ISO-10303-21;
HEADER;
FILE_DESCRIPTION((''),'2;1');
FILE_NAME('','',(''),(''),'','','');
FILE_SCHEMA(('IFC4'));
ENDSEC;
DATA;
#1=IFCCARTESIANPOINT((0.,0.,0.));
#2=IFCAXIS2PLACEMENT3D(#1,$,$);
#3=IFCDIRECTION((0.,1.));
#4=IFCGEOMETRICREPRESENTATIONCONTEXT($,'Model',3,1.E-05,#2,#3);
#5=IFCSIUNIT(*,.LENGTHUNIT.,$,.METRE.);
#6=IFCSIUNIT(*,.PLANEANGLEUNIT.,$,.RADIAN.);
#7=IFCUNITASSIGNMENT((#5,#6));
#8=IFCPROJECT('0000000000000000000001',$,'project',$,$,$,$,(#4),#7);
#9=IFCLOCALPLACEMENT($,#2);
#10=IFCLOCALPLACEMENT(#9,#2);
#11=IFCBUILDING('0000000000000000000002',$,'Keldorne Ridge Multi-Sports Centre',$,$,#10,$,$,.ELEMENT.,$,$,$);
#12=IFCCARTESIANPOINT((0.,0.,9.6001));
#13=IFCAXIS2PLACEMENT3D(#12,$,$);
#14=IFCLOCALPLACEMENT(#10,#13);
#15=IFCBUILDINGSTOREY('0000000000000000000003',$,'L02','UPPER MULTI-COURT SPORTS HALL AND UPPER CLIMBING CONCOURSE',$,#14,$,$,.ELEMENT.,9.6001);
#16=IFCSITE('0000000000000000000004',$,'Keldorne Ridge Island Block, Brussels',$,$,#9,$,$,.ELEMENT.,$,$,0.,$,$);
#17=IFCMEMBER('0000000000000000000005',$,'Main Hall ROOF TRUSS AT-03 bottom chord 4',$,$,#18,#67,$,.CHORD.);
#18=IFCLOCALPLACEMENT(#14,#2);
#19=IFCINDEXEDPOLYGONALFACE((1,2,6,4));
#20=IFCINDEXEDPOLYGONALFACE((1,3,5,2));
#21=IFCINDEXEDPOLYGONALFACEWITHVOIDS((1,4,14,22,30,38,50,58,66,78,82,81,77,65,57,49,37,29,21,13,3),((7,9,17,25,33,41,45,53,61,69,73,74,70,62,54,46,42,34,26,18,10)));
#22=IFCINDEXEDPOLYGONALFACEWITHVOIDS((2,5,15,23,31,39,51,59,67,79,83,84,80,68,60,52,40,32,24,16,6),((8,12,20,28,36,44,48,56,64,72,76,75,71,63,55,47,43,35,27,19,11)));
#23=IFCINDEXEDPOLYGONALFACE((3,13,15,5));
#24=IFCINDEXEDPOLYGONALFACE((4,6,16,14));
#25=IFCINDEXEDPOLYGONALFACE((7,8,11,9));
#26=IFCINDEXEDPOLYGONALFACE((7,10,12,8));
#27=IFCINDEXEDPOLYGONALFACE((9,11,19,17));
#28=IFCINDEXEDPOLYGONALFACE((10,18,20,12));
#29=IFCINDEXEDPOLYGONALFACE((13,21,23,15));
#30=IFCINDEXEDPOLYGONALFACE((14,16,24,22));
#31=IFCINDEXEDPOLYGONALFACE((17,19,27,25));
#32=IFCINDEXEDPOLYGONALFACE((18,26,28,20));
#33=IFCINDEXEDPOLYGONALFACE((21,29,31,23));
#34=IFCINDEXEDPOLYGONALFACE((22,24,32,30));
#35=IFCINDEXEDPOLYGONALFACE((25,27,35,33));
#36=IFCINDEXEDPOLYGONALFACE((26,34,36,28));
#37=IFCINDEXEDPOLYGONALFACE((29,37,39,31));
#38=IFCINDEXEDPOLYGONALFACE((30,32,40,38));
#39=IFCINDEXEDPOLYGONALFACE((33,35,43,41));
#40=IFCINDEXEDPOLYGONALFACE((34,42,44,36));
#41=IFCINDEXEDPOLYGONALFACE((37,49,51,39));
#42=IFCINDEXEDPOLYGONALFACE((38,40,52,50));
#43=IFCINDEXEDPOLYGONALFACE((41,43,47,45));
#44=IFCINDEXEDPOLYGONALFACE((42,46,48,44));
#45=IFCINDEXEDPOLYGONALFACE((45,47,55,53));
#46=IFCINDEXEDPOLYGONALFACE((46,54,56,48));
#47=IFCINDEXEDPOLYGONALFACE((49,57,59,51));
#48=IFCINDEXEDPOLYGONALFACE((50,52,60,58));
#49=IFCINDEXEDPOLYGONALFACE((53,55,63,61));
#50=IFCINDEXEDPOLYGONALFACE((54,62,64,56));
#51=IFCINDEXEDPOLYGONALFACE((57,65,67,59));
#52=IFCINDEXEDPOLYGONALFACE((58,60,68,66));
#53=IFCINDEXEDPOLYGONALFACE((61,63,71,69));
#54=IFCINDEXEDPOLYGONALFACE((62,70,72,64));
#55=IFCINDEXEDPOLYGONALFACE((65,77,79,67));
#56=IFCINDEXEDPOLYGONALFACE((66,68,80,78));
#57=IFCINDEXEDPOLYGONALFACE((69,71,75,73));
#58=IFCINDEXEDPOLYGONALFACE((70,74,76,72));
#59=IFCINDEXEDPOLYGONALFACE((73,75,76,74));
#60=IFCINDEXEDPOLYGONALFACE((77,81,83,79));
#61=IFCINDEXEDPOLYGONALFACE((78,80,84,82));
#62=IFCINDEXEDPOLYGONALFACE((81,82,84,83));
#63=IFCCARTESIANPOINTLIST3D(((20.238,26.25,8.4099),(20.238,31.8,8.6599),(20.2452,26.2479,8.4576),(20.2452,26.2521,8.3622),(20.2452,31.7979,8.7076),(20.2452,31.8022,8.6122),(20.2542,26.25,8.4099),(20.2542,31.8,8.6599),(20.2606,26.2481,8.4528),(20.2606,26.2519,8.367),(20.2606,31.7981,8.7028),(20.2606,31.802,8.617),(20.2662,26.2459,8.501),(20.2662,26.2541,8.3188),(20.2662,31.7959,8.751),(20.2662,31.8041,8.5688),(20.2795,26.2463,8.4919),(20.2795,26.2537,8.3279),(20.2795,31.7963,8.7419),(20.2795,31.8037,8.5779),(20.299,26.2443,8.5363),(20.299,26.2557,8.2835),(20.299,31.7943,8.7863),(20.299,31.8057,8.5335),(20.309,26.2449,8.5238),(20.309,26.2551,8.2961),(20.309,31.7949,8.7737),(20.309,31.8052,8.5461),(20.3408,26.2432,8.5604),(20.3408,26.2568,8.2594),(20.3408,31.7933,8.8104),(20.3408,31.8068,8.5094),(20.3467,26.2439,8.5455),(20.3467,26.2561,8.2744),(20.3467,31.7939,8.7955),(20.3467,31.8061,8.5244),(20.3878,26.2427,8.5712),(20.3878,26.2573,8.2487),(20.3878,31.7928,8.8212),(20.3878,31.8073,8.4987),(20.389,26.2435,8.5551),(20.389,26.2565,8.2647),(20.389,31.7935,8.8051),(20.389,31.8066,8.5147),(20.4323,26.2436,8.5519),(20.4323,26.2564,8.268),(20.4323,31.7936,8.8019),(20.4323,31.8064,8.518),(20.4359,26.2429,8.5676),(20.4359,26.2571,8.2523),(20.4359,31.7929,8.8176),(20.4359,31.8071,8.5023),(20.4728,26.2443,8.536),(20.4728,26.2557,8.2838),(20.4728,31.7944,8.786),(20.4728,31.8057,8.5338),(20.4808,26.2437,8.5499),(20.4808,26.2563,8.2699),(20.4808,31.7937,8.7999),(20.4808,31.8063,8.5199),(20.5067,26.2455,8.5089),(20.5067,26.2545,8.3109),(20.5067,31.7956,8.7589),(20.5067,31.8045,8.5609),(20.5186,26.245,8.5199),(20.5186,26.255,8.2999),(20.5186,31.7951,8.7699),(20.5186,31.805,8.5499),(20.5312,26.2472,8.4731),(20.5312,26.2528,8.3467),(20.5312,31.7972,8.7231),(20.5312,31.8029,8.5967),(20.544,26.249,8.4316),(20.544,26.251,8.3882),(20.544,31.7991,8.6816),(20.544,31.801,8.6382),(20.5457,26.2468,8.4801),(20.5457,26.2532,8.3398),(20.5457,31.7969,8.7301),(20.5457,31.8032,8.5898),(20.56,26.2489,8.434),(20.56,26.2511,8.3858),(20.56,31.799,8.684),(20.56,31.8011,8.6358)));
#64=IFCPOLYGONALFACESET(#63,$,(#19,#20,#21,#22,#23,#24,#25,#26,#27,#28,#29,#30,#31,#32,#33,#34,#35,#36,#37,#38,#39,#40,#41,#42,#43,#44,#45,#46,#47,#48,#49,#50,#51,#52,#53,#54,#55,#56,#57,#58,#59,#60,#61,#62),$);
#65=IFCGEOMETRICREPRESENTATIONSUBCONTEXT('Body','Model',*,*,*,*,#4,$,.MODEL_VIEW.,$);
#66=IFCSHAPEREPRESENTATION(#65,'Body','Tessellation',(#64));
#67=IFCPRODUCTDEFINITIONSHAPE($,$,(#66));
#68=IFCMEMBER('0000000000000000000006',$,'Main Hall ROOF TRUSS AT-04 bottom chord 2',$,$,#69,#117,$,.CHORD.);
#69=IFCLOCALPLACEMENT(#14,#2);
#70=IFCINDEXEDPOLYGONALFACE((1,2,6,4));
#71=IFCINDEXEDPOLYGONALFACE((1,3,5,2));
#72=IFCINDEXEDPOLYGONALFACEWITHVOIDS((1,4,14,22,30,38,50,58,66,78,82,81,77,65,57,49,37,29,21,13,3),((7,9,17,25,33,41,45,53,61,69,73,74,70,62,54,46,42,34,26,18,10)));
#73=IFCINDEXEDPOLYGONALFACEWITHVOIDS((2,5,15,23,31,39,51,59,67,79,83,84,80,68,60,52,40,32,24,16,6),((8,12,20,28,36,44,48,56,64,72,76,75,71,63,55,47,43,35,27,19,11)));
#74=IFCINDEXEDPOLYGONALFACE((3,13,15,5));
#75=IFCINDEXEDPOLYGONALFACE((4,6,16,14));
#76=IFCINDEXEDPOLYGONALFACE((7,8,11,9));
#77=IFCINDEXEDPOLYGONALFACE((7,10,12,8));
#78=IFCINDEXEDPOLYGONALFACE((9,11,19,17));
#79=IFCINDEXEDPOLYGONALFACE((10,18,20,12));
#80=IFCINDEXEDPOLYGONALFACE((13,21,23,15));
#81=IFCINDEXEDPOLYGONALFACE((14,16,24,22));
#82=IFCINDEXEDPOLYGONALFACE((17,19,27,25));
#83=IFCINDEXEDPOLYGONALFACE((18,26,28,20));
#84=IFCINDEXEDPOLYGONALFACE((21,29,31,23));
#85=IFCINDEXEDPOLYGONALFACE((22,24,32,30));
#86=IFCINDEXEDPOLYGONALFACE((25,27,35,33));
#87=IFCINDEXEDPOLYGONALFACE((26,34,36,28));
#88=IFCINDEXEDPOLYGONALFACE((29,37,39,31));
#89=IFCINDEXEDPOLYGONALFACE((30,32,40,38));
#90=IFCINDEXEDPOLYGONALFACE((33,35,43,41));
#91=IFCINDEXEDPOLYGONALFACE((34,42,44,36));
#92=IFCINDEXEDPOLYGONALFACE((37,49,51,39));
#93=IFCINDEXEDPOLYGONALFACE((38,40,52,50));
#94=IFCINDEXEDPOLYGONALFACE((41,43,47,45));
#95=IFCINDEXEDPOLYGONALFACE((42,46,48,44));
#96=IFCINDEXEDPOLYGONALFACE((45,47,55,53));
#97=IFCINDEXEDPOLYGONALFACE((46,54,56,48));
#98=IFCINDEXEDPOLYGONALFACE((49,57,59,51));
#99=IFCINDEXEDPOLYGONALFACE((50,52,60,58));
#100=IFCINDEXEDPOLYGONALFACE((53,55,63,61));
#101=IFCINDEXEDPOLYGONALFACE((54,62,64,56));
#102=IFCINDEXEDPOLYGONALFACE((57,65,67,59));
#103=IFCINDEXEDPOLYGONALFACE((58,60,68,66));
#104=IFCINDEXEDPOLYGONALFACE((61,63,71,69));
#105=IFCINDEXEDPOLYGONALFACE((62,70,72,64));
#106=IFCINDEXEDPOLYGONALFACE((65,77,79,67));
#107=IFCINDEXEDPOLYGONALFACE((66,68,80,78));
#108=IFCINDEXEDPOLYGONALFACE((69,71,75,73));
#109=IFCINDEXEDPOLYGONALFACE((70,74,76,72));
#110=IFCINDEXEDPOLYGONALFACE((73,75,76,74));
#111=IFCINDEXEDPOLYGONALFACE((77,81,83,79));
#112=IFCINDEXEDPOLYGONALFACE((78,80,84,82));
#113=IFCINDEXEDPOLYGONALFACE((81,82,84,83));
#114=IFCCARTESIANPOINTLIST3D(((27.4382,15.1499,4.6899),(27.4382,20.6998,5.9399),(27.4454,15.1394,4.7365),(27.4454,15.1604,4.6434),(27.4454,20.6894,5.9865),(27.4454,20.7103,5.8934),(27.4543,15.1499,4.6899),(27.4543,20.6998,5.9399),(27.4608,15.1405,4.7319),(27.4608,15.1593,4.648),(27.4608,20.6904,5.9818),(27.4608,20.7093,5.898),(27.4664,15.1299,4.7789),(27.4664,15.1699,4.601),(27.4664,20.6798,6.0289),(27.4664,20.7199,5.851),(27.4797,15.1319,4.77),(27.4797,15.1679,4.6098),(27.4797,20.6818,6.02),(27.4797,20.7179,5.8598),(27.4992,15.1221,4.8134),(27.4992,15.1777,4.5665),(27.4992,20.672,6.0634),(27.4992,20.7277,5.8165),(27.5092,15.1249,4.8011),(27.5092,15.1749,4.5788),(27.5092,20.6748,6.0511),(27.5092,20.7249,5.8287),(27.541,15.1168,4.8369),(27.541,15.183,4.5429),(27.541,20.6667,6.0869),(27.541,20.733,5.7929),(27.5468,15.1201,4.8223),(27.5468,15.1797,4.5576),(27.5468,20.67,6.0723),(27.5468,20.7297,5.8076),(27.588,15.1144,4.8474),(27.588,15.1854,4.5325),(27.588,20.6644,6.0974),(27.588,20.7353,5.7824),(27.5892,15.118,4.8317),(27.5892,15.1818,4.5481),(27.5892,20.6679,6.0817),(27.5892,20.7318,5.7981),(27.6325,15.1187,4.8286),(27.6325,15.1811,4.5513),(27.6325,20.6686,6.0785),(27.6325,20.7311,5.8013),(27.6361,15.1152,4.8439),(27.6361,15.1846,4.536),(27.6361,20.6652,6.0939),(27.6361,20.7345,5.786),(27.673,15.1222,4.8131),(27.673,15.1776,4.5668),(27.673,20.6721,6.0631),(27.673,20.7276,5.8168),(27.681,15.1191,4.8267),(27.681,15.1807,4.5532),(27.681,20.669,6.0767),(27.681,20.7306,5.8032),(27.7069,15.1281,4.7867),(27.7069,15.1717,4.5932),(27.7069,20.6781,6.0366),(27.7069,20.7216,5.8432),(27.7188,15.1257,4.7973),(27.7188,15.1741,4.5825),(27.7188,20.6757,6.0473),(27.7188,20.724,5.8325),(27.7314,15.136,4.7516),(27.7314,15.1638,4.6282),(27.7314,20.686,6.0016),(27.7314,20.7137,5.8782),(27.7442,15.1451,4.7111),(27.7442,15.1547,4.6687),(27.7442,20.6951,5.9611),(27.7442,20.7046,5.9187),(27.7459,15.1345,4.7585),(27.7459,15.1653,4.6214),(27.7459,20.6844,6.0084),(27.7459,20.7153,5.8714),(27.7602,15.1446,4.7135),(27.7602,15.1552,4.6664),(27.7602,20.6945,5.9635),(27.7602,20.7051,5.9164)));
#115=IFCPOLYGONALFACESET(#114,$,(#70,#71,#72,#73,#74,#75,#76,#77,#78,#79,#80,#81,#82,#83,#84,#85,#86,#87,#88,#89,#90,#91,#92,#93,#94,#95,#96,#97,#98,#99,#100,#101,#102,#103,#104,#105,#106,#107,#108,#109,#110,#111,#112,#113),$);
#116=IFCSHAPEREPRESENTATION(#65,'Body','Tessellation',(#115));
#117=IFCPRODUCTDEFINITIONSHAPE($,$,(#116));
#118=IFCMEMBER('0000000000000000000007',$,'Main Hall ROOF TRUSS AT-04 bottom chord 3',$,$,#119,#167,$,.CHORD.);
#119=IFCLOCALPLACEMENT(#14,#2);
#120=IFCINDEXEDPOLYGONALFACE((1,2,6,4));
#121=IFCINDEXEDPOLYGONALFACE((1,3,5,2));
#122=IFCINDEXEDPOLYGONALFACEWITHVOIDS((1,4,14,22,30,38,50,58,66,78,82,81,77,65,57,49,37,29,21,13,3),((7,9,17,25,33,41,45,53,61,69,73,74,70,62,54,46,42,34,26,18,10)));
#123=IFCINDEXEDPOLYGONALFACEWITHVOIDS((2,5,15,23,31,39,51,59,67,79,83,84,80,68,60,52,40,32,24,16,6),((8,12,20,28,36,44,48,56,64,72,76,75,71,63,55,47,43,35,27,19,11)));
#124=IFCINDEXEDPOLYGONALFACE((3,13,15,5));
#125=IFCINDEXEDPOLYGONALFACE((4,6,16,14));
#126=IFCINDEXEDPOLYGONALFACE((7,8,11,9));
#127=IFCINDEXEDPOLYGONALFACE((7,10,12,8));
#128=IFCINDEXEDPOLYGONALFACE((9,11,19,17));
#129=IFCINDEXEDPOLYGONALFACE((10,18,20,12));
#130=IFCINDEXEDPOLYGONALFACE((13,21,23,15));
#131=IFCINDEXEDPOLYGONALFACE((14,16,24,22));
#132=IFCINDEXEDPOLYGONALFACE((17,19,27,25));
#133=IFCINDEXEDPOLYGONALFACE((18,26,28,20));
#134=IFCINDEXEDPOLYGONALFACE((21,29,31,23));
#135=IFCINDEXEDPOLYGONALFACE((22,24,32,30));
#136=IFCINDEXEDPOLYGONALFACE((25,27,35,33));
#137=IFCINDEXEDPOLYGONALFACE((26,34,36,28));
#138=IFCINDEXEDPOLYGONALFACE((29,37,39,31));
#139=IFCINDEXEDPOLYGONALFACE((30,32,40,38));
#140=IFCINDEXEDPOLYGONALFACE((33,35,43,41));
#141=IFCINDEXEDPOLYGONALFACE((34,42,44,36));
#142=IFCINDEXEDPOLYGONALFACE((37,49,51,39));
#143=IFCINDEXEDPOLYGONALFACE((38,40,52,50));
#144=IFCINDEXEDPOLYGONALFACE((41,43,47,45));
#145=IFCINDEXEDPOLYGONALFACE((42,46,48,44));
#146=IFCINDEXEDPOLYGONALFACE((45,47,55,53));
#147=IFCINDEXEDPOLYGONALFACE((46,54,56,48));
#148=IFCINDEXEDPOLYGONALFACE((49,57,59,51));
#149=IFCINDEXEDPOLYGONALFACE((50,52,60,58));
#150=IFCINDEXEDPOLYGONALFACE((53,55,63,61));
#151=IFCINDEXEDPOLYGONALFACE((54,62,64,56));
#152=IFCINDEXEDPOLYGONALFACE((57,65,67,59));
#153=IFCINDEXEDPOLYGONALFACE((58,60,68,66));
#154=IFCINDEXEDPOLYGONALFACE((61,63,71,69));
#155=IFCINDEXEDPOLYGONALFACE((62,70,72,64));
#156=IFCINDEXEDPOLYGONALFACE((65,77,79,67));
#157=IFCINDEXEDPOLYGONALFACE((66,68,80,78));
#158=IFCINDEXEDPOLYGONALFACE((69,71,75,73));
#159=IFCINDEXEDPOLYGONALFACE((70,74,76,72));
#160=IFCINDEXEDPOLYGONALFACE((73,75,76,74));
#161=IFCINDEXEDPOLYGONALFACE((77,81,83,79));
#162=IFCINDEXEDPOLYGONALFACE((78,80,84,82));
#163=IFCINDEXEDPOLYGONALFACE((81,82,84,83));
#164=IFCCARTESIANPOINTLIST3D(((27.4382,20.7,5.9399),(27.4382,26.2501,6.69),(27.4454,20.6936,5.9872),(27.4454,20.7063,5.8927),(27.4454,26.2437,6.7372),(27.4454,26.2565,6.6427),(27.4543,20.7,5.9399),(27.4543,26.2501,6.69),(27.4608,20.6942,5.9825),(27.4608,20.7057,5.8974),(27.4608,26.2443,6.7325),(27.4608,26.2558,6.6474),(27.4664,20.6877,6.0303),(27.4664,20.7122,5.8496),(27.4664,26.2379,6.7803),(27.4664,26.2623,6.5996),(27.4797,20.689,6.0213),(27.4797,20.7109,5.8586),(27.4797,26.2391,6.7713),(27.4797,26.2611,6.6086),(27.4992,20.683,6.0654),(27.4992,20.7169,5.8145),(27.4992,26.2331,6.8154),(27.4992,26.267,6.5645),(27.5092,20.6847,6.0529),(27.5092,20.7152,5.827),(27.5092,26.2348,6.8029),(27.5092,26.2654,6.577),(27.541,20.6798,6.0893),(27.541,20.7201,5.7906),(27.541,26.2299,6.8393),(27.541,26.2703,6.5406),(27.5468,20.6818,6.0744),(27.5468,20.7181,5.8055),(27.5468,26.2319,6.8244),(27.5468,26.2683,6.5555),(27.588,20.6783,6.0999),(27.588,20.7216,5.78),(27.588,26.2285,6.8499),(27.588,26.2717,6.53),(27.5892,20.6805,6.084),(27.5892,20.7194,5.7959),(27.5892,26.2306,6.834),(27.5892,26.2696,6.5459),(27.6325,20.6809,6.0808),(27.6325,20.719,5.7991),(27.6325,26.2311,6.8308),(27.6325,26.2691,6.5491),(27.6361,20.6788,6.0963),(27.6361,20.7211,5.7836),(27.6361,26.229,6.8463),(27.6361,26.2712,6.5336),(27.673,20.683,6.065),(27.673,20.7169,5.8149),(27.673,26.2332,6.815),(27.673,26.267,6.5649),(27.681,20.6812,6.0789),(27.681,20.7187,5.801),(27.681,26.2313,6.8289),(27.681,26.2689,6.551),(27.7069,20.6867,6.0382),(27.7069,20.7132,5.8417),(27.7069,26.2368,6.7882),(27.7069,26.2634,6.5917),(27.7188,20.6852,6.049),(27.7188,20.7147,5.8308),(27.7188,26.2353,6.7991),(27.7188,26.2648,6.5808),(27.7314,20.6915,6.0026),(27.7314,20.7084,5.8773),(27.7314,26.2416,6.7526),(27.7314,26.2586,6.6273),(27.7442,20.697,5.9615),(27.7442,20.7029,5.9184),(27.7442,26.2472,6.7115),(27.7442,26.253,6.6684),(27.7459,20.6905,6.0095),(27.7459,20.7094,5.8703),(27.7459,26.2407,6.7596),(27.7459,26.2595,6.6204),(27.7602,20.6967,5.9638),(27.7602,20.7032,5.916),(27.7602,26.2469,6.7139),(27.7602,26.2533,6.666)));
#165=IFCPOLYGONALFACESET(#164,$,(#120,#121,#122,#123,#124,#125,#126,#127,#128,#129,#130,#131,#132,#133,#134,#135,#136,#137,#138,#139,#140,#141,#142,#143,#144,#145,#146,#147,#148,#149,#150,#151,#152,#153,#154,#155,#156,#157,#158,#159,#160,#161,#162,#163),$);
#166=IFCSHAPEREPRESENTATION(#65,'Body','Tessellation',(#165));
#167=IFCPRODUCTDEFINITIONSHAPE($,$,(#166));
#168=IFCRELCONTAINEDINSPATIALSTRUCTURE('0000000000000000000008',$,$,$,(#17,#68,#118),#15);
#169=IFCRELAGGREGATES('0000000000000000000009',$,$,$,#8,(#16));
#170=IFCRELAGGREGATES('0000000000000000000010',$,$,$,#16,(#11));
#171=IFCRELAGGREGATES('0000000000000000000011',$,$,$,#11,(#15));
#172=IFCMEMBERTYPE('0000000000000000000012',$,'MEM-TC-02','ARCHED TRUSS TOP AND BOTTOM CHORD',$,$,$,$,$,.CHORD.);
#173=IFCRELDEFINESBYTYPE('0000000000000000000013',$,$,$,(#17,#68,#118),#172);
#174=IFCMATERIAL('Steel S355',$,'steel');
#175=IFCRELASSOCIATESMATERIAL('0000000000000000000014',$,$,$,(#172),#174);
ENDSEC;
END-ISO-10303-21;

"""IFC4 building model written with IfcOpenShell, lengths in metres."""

from ifc_helpers import new_model, si_unit, direction, frame, origin, origin_2d, place, context, subcontext, project, spatial, hollow_circle, extrude, material, material_profile, profile_set, type_object, element, save


model = new_model("IFC4")

# Units and contexts
model_context = context("Model", 3, precision=1e-05, world=origin(), true_north=direction((0.0, 1.0)))
body_context = subcontext(model_context, "Body", "Model", "MODEL_VIEW")
ifc_project = project(units=[si_unit("LENGTHUNIT", "METRE"), si_unit("PLANEANGLEUNIT", "RADIAN")], contexts=[model_context])

# Site, building, storey
site_placement = place(None, origin())
site = spatial("IfcSite", under=ifc_project, at=site_placement, Name="Keldorne Ridge Island Block, Brussels", CompositionType="ELEMENT", RefElevation=0.0)
building_placement = place(site_placement, origin())
building = spatial("IfcBuilding", under=site, at=building_placement, Name="Keldorne Ridge Multi-Sports Centre", CompositionType="ELEMENT")
storey_placement = place(building_placement, frame((0.0, 0.0, 9.6001)))
storey = spatial("IfcBuildingStorey", under=building, at=storey_placement, Name="L02", Description="UPPER MULTI-COURT SPORTS HALL AND UPPER CLIMBING CONCOURSE", CompositionType="ELEMENT", Elevation=9.6001)

# Members
ifc_material_1 = material(Name="Steel S355", Category="steel")
ifc_material_profile_1 = material_profile(ifc_material_1, hollow_circle(Radius=0.1619, WallThickness=0.0161, at=origin_2d()), Name="CHS 323.9x16")
ifc_profile_set_1 = profile_set([ifc_material_profile_1], Name="Steel S355")
member_type_1 = type_object("IfcMemberType", Name="MEM-TC-02", Description="ARCHED TRUSS TOP AND BOTTOM CHORD", PredefinedType="CHORD", material=ifc_profile_set_1)
member_1_placement = place(storey_placement, frame((20.3999, 26.25, 8.4099), z_axis=(0.0, 0.998987, 0.044999), x_axis=(-1.0, 0.0, 0.0)))
element("IfcMember", 1, at=member_1_placement, inside=storey, type_object=member_type_1, Name="Main Hall ROOF TRUSS AT-03 bottom chord 4", PredefinedType="CHORD", context=body_context, shape_type="SweptSolid", body=[
    extrude(hollow_circle(Radius=0.1619, WallThickness=0.0161, at=origin_2d()), origin(), (0.0, 0.0, 1.0), 5.5557),
])
member_2_placement = place(storey_placement, frame((27.6001, 15.1499, 4.6899), z_axis=(0.0, 0.975563, 0.219719), x_axis=(-1.0, 0.0, 0.0)))
element("IfcMember", 2, at=member_2_placement, inside=storey, type_object=member_type_1, Name="Main Hall ROOF TRUSS AT-04 bottom chord 2", PredefinedType="CHORD", context=body_context, shape_type="SweptSolid", body=[
    extrude(hollow_circle(Radius=0.1619, WallThickness=0.0161, at=origin_2d()), origin(), (0.0, 0.0, 1.0), 5.689),
])
member_3_placement = place(storey_placement, frame((27.6001, 20.7, 5.9399), z_axis=(0.0, 0.990993, 0.133917), x_axis=(-1.0, 0.0, 0.0)))
element("IfcMember", 3, at=member_3_placement, inside=storey, type_object=member_type_1, Name="Main Hall ROOF TRUSS AT-04 bottom chord 3", PredefinedType="CHORD", context=body_context, shape_type="SweptSolid", body=[
    extrude(hollow_circle(Radius=0.1619, WallThickness=0.0161, at=origin_2d()), origin(), (0.0, 0.0, 1.0), 5.6006),
])

save(model, "model.ifc")
